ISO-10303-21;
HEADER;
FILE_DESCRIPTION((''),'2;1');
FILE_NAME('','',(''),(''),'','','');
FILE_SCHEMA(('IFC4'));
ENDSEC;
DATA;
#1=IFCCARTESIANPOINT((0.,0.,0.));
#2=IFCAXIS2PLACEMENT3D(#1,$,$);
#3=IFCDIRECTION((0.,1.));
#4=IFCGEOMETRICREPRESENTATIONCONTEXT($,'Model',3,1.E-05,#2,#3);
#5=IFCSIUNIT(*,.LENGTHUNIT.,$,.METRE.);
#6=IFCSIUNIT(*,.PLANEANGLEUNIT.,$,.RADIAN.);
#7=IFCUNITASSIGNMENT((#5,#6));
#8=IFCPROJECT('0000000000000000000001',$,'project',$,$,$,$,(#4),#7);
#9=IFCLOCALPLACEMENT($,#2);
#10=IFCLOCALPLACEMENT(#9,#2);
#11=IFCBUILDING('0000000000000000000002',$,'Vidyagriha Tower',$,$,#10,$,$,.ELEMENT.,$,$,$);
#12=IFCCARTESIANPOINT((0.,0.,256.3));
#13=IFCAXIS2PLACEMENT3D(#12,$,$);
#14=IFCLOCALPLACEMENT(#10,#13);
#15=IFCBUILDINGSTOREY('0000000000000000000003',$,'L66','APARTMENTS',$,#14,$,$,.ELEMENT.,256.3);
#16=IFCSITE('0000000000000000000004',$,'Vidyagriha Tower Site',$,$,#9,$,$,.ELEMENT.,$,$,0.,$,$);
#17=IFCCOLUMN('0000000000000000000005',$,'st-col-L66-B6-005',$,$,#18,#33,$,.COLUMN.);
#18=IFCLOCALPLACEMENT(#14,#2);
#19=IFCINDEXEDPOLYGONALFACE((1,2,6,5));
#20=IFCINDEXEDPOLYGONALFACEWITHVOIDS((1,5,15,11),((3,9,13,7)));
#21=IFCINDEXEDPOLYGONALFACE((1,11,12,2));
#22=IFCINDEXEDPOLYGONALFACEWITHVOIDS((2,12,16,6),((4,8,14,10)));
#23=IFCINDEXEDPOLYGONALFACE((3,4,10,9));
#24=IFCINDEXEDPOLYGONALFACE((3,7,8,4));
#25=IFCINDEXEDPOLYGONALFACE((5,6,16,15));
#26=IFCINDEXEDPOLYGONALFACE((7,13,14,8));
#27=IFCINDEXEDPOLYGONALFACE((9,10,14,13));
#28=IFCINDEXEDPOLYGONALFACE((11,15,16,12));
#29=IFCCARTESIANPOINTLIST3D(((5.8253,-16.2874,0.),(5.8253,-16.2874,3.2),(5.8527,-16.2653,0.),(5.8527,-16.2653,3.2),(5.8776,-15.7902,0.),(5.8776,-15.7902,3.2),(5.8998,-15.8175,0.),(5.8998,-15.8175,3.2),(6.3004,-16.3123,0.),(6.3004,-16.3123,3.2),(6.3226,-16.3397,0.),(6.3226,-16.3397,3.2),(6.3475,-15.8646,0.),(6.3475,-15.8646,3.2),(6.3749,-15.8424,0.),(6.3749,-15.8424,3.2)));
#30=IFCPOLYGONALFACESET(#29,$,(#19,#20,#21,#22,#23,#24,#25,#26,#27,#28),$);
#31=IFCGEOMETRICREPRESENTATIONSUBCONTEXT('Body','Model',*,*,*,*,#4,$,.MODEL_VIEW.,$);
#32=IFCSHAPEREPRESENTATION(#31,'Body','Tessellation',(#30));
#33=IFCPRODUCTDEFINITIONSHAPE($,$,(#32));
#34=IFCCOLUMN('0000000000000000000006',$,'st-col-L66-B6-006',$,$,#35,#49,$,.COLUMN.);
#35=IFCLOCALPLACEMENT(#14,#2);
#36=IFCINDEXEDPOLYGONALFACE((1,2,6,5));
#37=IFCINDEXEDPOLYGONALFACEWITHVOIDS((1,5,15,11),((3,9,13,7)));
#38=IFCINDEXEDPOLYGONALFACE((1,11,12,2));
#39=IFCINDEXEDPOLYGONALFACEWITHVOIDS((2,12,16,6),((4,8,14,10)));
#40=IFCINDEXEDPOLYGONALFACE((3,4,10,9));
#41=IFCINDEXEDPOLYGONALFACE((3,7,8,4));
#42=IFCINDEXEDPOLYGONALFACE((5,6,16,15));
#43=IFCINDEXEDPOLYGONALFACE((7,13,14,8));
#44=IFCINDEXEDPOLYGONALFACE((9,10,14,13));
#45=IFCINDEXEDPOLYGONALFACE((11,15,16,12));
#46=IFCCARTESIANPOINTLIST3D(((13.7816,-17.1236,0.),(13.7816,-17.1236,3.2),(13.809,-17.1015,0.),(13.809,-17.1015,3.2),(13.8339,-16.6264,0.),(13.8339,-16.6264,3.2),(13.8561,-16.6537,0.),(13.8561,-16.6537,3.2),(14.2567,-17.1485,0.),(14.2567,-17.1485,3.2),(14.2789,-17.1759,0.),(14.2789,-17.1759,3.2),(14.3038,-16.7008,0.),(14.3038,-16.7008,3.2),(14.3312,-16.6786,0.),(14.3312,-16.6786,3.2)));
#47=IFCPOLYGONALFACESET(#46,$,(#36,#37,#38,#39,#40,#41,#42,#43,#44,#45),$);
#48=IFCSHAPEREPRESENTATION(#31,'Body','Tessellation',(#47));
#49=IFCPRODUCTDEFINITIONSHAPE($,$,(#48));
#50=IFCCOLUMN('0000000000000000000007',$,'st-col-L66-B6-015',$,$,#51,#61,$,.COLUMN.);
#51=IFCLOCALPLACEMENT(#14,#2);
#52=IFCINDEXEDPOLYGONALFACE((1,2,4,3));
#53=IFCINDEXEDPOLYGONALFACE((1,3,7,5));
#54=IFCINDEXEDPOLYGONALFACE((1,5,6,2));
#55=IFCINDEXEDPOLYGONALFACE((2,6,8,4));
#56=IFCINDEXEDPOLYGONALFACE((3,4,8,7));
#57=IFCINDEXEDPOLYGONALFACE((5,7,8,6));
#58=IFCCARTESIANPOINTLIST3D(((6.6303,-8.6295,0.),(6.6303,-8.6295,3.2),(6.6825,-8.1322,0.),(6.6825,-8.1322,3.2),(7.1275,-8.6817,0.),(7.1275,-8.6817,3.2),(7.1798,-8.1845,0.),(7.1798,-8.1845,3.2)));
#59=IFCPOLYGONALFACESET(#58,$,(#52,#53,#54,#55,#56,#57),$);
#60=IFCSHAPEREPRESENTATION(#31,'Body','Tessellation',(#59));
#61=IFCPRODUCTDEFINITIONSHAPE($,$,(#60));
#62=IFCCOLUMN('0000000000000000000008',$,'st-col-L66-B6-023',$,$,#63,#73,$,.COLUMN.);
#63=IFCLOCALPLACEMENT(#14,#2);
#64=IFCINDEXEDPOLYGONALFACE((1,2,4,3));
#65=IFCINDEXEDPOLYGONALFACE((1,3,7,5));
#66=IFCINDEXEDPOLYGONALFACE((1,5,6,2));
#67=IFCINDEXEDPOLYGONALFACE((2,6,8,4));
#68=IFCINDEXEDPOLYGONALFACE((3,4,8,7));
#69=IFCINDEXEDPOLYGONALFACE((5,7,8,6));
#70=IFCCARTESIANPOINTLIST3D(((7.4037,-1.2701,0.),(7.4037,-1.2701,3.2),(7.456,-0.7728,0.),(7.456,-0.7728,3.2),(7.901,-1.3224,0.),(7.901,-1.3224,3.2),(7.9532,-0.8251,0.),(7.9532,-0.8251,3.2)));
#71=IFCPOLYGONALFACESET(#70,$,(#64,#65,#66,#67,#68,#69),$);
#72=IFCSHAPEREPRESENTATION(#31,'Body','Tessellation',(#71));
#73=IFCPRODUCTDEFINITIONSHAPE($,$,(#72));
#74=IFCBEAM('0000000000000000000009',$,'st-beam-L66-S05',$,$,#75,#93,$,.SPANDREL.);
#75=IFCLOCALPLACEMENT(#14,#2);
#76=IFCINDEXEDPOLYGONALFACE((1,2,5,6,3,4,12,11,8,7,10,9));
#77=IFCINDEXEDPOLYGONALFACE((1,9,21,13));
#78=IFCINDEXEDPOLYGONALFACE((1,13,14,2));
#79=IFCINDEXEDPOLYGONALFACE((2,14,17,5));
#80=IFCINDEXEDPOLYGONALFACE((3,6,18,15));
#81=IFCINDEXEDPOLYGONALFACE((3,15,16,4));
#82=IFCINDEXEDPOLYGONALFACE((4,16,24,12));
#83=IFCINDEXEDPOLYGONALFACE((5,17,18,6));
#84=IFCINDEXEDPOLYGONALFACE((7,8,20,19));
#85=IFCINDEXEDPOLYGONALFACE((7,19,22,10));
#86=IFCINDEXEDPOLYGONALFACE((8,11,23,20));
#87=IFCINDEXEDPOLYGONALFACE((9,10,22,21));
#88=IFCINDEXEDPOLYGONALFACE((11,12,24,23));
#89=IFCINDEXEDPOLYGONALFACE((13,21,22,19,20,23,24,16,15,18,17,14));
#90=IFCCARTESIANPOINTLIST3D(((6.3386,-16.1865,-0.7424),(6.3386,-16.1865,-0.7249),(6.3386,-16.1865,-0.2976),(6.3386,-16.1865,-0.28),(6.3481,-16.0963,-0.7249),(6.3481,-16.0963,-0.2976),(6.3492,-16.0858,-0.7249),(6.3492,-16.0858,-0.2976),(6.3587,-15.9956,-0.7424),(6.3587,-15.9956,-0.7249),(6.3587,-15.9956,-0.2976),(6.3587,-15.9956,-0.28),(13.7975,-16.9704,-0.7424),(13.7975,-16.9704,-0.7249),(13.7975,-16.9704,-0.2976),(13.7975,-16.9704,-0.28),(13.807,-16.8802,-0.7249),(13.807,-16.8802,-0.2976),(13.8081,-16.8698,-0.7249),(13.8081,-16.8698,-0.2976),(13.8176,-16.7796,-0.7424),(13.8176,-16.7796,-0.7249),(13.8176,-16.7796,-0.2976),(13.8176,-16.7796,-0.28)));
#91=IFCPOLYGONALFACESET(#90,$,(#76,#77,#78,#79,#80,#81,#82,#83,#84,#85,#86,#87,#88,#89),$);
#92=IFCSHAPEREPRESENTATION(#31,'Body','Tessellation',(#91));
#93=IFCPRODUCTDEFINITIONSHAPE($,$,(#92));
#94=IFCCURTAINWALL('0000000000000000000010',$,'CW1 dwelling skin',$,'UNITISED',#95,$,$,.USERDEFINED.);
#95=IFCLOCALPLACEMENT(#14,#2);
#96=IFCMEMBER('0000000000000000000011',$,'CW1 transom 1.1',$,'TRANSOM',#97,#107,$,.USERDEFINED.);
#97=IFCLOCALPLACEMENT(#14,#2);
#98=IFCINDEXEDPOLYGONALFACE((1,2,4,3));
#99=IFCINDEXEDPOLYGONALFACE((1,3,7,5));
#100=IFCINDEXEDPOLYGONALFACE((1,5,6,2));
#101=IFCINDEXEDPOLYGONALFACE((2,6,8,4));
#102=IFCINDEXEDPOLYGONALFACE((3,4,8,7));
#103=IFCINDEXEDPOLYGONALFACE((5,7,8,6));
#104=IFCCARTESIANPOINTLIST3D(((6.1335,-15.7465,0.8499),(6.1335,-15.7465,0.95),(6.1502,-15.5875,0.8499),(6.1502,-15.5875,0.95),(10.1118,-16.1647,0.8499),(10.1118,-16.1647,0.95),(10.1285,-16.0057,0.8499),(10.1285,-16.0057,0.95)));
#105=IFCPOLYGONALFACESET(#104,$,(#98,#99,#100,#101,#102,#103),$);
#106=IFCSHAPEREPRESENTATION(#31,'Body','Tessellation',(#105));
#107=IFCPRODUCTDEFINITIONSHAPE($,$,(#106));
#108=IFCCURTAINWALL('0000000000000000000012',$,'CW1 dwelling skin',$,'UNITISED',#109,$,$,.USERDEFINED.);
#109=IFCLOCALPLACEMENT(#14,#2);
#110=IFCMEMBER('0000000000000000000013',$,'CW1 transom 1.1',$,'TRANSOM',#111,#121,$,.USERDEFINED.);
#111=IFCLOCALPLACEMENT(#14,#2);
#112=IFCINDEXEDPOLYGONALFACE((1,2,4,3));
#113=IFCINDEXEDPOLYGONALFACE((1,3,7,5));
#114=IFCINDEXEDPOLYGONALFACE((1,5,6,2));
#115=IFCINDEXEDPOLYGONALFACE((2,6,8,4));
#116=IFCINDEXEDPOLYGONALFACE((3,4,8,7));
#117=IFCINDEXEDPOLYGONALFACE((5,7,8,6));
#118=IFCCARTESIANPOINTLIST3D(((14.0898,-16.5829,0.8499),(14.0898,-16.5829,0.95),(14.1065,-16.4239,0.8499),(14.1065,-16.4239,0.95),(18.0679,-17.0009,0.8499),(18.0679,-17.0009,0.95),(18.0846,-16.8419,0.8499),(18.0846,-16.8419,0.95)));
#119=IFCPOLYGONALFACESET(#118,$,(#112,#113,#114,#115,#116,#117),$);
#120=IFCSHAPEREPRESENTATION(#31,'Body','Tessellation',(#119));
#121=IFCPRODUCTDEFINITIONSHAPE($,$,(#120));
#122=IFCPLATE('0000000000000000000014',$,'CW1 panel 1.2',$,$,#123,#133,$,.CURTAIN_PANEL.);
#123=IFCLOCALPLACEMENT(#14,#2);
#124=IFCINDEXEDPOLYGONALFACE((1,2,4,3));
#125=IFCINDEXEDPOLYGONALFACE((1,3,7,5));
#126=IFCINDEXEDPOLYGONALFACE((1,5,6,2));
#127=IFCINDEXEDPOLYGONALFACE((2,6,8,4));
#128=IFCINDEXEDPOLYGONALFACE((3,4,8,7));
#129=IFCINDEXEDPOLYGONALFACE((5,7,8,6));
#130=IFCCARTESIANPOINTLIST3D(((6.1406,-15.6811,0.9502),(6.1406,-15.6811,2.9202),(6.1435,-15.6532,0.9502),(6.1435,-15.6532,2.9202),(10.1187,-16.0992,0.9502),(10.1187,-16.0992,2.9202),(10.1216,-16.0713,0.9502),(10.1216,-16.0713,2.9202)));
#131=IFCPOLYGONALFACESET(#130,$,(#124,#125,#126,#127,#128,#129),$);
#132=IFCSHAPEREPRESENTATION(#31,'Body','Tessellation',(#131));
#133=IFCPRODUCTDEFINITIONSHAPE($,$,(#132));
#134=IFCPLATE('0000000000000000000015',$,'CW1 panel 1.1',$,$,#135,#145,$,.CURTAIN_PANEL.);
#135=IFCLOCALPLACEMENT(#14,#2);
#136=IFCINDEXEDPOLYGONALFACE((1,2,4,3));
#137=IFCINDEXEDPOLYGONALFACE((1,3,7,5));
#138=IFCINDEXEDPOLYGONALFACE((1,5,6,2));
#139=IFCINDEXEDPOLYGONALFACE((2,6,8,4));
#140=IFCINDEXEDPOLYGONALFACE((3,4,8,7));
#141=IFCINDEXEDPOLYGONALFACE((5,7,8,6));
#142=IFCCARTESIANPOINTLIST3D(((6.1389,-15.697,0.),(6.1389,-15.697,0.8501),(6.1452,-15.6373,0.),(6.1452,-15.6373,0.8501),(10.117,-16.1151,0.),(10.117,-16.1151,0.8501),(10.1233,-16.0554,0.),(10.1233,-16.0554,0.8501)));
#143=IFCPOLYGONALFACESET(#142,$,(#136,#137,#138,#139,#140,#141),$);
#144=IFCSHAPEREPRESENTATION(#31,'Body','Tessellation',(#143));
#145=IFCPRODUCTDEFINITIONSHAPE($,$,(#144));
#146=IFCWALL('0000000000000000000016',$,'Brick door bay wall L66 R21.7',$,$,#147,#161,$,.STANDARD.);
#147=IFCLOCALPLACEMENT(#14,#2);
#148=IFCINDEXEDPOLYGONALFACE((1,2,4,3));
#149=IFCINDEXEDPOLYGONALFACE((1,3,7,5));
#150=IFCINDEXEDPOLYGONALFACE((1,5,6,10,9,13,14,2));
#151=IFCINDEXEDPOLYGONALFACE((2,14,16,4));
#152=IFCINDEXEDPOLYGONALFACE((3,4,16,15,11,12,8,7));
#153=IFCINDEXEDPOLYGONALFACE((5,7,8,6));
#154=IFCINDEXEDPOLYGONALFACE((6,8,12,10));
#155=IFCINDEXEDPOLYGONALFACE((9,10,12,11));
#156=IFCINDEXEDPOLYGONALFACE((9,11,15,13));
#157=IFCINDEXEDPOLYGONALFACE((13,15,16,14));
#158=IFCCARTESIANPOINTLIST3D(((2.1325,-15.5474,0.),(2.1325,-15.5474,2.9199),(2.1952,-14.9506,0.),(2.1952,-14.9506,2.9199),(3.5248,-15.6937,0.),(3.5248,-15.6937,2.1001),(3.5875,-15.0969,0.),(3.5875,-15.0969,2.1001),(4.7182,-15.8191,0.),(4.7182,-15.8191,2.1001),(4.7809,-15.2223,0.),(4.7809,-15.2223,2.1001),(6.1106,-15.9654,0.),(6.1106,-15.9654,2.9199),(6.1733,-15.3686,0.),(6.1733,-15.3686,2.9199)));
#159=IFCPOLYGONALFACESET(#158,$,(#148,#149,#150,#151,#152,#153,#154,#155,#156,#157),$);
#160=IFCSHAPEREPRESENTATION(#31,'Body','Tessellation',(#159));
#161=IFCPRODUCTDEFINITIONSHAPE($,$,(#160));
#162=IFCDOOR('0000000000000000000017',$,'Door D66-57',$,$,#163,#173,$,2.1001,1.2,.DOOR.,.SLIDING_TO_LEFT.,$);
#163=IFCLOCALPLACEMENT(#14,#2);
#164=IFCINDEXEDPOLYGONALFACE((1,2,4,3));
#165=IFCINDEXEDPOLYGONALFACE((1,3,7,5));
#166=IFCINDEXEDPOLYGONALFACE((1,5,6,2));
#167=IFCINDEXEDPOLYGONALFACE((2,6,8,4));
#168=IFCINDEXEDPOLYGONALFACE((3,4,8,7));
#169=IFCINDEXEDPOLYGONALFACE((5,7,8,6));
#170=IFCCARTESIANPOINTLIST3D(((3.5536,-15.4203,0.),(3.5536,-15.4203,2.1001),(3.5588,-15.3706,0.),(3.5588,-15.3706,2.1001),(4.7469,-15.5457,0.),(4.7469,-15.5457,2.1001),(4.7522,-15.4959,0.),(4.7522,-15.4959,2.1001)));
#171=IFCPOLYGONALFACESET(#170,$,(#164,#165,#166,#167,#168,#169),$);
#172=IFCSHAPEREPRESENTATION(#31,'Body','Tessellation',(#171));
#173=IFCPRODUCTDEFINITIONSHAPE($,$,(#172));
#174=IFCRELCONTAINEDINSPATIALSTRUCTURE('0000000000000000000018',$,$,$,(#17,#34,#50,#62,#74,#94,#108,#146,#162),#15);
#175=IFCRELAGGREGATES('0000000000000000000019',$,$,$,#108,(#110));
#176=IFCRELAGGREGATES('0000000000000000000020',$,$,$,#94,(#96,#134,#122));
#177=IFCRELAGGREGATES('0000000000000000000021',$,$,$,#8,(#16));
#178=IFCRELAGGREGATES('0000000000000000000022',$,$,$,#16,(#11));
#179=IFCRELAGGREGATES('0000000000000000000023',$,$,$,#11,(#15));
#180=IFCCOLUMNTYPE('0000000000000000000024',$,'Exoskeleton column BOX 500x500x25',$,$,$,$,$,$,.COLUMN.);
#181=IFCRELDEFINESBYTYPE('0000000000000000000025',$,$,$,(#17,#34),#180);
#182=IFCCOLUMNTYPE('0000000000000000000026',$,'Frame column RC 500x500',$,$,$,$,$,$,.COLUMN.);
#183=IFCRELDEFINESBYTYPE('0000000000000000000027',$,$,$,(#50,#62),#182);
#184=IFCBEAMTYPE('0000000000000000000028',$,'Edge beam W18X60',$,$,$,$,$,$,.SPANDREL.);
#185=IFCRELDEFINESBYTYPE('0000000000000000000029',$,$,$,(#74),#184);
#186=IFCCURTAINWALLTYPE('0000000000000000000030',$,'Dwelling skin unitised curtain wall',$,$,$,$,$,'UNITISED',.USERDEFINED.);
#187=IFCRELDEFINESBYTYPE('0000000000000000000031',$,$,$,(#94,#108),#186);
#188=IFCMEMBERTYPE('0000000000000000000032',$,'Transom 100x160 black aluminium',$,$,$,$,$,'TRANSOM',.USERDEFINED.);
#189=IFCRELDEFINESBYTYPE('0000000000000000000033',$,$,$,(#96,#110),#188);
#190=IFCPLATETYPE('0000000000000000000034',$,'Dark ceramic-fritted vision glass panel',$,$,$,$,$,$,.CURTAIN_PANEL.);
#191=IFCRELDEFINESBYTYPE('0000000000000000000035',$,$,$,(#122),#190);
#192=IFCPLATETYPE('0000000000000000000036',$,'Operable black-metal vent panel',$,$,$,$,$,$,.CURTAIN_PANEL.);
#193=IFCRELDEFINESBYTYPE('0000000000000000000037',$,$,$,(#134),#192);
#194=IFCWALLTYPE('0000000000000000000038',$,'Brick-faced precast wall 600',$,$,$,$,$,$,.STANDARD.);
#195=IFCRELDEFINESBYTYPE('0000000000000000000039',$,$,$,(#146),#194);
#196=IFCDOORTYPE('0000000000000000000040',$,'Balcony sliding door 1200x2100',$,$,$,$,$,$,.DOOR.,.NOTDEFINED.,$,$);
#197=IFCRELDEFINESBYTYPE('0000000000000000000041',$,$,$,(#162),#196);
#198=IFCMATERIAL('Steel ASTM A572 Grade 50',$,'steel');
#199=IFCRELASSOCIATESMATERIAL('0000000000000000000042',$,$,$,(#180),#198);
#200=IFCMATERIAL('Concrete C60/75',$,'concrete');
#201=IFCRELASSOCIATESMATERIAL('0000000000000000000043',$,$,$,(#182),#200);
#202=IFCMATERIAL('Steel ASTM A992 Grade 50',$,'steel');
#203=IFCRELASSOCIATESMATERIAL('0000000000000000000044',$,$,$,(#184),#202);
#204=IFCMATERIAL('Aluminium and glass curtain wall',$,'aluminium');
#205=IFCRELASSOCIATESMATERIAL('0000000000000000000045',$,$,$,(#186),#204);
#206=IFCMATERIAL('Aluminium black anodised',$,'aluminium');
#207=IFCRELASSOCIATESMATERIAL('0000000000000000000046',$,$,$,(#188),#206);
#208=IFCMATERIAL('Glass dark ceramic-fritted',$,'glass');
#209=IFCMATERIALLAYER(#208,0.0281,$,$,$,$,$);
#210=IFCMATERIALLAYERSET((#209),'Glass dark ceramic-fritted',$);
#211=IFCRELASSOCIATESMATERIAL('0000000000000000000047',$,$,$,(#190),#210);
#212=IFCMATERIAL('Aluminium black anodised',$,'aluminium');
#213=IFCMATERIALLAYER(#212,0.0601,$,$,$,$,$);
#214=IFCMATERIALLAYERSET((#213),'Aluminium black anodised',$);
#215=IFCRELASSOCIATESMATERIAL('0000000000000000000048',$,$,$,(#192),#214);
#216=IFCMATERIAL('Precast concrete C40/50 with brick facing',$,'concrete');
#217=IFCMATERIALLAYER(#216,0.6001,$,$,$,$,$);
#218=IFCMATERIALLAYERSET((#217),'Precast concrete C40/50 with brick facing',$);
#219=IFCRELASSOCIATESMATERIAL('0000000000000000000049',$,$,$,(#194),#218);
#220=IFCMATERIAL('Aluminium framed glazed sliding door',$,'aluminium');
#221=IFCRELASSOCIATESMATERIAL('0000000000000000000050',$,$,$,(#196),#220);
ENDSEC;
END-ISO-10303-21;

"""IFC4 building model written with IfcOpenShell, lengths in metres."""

from ifc_helpers import new_model, si_unit, direction, frame, frame_2d, origin, origin_2d, place, context, subcontext, project, spatial, rectangle, hollow_rectangle, i_section, extrude, material, layer, layer_set, material_profile, profile_set, type_object, element, fill, aggregate, save


model = new_model("IFC4")

# Units and contexts
model_context = context("Model", 3, precision=1e-05, world=origin(), true_north=direction((0.0, 1.0)))
body_context = subcontext(model_context, "Body", "Model", "MODEL_VIEW")
ifc_project = project(units=[si_unit("LENGTHUNIT", "METRE"), si_unit("PLANEANGLEUNIT", "RADIAN")], contexts=[model_context])

# Site, building, storey
site_placement = place(None, origin())
site = spatial("IfcSite", under=ifc_project, at=site_placement, Name="Vidyagriha Tower Site", CompositionType="ELEMENT", RefElevation=0.0)
building_placement = place(site_placement, origin())
building = spatial("IfcBuilding", under=site, at=building_placement, Name="Vidyagriha Tower", CompositionType="ELEMENT")
storey_placement = place(building_placement, frame((0.0, 0.0, 256.3)))
storey = spatial("IfcBuildingStorey", under=building, at=storey_placement, Name="L66", Description="APARTMENTS", CompositionType="ELEMENT", Elevation=256.3)

# Columns
ifc_material_1 = material(Name="Steel ASTM A572 Grade 50", Category="steel")
ifc_material_profile_1 = material_profile(ifc_material_1, hollow_rectangle(XDim=0.5, YDim=0.5, WallThickness=0.0249, at=origin_2d()), Name="BOX 500x500x25")
ifc_profile_set_1 = profile_set([ifc_material_profile_1], Name="Steel ASTM A572 Grade 50")
column_type_1 = type_object("IfcColumnType", Name="Exoskeleton column BOX 500x500x25", PredefinedType="COLUMN", material=ifc_profile_set_1)
for number, where, z_axis, x_axis, name in (
    (1, (6.1001, -16.0649, 0.0), (0.0, 0.0, 1.0), (0.994522, -0.104528, 0.0), "st-col-L66-B6-005"),
    (2, (14.0564, -16.9011, 0.0), (0.0, 0.0, 1.0), (0.994522, -0.104528, 0.0), "st-col-L66-B6-006"),
):
    element("IfcColumn", number, at=place(storey_placement, frame(where, z_axis=z_axis, x_axis=x_axis)), inside=storey, type_object=column_type_1, Name=name, PredefinedType="COLUMN", context=body_context, shape_type="SweptSolid", body=[
        extrude(hollow_rectangle(XDim=0.5, YDim=0.5, WallThickness=0.0249, at=origin_2d()), origin(), (0.0, 0.0, 1.0), 3.2),
    ])
ifc_material_2 = material(Name="Concrete C60/75", Category="concrete")
ifc_material_profile_2 = material_profile(ifc_material_2, rectangle(XDim=0.5, YDim=0.5, at=origin_2d()), Name="RC 500x500")
ifc_profile_set_2 = profile_set([ifc_material_profile_2], Name="Concrete C60/75")
column_type_2 = type_object("IfcColumnType", Name="Frame column RC 500x500", PredefinedType="COLUMN", material=ifc_profile_set_2)
for number, where, z_axis, x_axis, name in (
    (3, (6.905, -8.407, 0.0), (0.0, 0.0, 1.0), (0.994522, -0.104528, 0.0), "st-col-L66-B6-015"),
    (4, (7.6785, -1.0476, 0.0), (0.0, 0.0, 1.0), (0.994522, -0.104528, 0.0), "st-col-L66-B6-023"),
):
    element("IfcColumn", number, at=place(storey_placement, frame(where, z_axis=z_axis, x_axis=x_axis)), inside=storey, type_object=column_type_2, Name=name, PredefinedType="COLUMN", context=body_context, shape_type="SweptSolid", body=[
        extrude(rectangle(XDim=0.5, YDim=0.5, at=origin_2d()), origin(), (0.0, 0.0, 1.0), 3.2),
    ])

# Beam
ifc_material_3 = material(Name="Steel ASTM A992 Grade 50", Category="steel")
ifc_material_profile_3 = material_profile(ifc_material_3, i_section(OverallWidth=0.1919, OverallDepth=0.4624, WebThickness=0.0105, FlangeThickness=0.0176, at=origin_2d()), Name="W18X60")
ifc_profile_set_3 = profile_set([ifc_material_profile_3], Name="Steel ASTM A992 Grade 50")
beam_type = type_object("IfcBeamType", Name="Edge beam W18X60", PredefinedType="SPANDREL", material=ifc_profile_set_3)
beam_placement = place(storey_placement, frame((6.3486, -16.0911, -0.5112), z_axis=(0.994522, -0.104524, 0.0), x_axis=(0.104524, 0.994522, 0.0)))
element("IfcBeam", 5, at=beam_placement, inside=storey, type_object=beam_type, Name="st-beam-L66-S05", PredefinedType="SPANDREL", context=body_context, shape_type="SweptSolid", body=[
    extrude(i_section(OverallWidth=0.1919, OverallDepth=0.4624, WebThickness=0.0105, FlangeThickness=0.0176, at=origin_2d()), origin(), (0.0, 0.0, 1.0), 7.5),
])

# Curtain walls, members
ifc_material_4 = material(Name="Aluminium and glass curtain wall", Category="aluminium")
curtain_wall_type = type_object("IfcCurtainWallType", Name="Dwelling skin unitised curtain wall", ElementType="UNITISED", PredefinedType="USERDEFINED", material=ifc_material_4)
curtain_wall_1_placement = place(storey_placement, origin())
curtain_wall_1 = element("IfcCurtainWall", 6, at=curtain_wall_1_placement, inside=storey, type_object=curtain_wall_type, Name="CW1 dwelling skin", ObjectType="UNITISED", PredefinedType="USERDEFINED")
ifc_material_5 = material(Name="Aluminium black anodised", Category="aluminium")
ifc_material_profile_4 = material_profile(ifc_material_5, rectangle(XDim=0.1599, YDim=0.1001, at=origin_2d()), Name="Transom 100x160 black aluminium")
ifc_profile_set_4 = profile_set([ifc_material_profile_4], Name="Aluminium black anodised")
member_type = type_object("IfcMemberType", Name="Transom 100x160 black aluminium", ElementType="TRANSOM", PredefinedType="USERDEFINED", material=ifc_profile_set_4)
member_1_placement = place(storey_placement, frame((6.1418, -15.667, 0.8999), z_axis=(0.99452, -0.104548, 0.0), x_axis=(0.104548, 0.99452, 0.0)))
member_1 = element("IfcMember", 7, at=member_1_placement, type_object=member_type, Name="CW1 transom 1.1", ObjectType="TRANSOM", PredefinedType="USERDEFINED", context=body_context, shape_type="SweptSolid", body=[
    extrude(rectangle(XDim=0.1599, YDim=0.1001, at=origin_2d()), origin(), (0.0, 0.0, 1.0), 4.0002),
])
curtain_wall_2_placement = place(storey_placement, origin())
curtain_wall_2 = element("IfcCurtainWall", 8, at=curtain_wall_2_placement, inside=storey, type_object=curtain_wall_type, Name="CW1 dwelling skin", ObjectType="UNITISED", PredefinedType="USERDEFINED")
member_2_placement = place(storey_placement, frame((14.0981, -16.5034, 0.8999), z_axis=(0.994526, -0.104494, 0.0), x_axis=(0.104494, 0.994526, 0.0)))
member_2 = element("IfcMember", 9, at=member_2_placement, type_object=member_type, Name="CW1 transom 1.1", ObjectType="TRANSOM", PredefinedType="USERDEFINED", context=body_context, shape_type="SweptSolid", body=[
    extrude(rectangle(XDim=0.1599, YDim=0.1001, at=origin_2d()), origin(), (0.0, 0.0, 1.0), 4.0),
])
aggregate(curtain_wall_2, [member_2])

# Plates
ifc_material_6 = material(Name="Glass dark ceramic-fritted", Category="glass")
ifc_layer_1 = layer(ifc_material_6, 0.0281)
ifc_layer_set_1 = layer_set([ifc_layer_1], Name="Glass dark ceramic-fritted")
plate_type_1 = type_object("IfcPlateType", Name="Dark ceramic-fritted vision glass panel", PredefinedType="CURTAIN_PANEL", material=ifc_layer_set_1)
plate_1_placement = place(storey_placement, frame((8.1311, -15.8762, 0.9502), z_axis=(0.0, 0.0, 1.0), x_axis=(0.994522, -0.104525, 0.0)))
plate_1 = element("IfcPlate", 10, at=plate_1_placement, type_object=plate_type_1, Name="CW1 panel 1.2", PredefinedType="CURTAIN_PANEL", context=body_context, shape_type="SweptSolid", body=[
    extrude(rectangle(XDim=4.0, YDim=0.0281, at=origin_2d()), origin(), (0.0, 0.0, 1.0), 1.97),
])
ifc_material_7 = material(Name="Aluminium black anodised", Category="aluminium")
ifc_layer_2 = layer(ifc_material_7, 0.0601)
ifc_layer_set_2 = layer_set([ifc_layer_2], Name="Aluminium black anodised")
plate_type_2 = type_object("IfcPlateType", Name="Operable black-metal vent panel", PredefinedType="CURTAIN_PANEL", material=ifc_layer_set_2)
plate_2_placement = place(storey_placement, frame((8.1311, -15.8762, 0.0), z_axis=(0.0, 0.0, 1.0), x_axis=(0.994522, -0.104525, 0.0)))
plate_2 = element("IfcPlate", 11, at=plate_2_placement, type_object=plate_type_2, Name="CW1 panel 1.1", PredefinedType="CURTAIN_PANEL", context=body_context, shape_type="SweptSolid", body=[
    extrude(rectangle(XDim=4.0, YDim=0.0601, at=origin_2d()), origin(), (0.0, 0.0, 1.0), 0.8501),
])
aggregate(curtain_wall_1, [member_1, plate_2, plate_1])

# Wall, opening, door
ifc_material_8 = material(Name="Precast concrete C40/50 with brick facing", Category="concrete")
ifc_layer_3 = layer(ifc_material_8, 0.6001)
ifc_layer_set_3 = layer_set([ifc_layer_3], Name="Precast concrete C40/50 with brick facing")
wall_type_1 = type_object("IfcWallType", Name="Brick-faced precast wall 600", PredefinedType="STANDARD", material=ifc_layer_set_3)
wall_1_placement = place(storey_placement, frame((2.1638, -15.249, 0.0), z_axis=(0.0, 0.0, 1.0), x_axis=(0.994526, -0.104494, 0.0)))
wall_1 = element("IfcWall", 12, at=wall_1_placement, inside=storey, type_object=wall_type_1, Name="Brick door bay wall L66 R21.7", PredefinedType="STANDARD", context=body_context, shape_type="SweptSolid", body=[
    extrude(rectangle(XDim=4.0, YDim=0.6001, at=frame_2d((2.0, 0.0))), origin(), (0.0, 0.0, 1.0), 2.9199),
])
opening_1_placement = place(wall_1_placement, frame((1.3999, 0.0, 0.0)))
opening_1 = element("IfcOpeningElement", 13, at=opening_1_placement, cuts=wall_1, PredefinedType="OPENING", context=body_context, shape_type="SweptSolid", body=[
    extrude(rectangle(XDim=1.2, YDim=2.1001, at=frame_2d((0.6001, 1.05))), frame((0.0, 0.3101, 0.0), z_axis=(0.0, -1.0, 0.0), x_axis=(1.0, 0.0, 0.0)), (0.0, 0.0, 1.0), 0.6201),
])
ifc_material_9 = material(Name="Aluminium framed glazed sliding door", Category="aluminium")
door_type_1 = type_object("IfcDoorType", Name="Balcony sliding door 1200x2100", OperationType="NOTDEFINED", PredefinedType="DOOR", material=ifc_material_9)
door_1_placement = place(opening_1_placement, origin())
door_1 = element("IfcDoor", 14, at=door_1_placement, inside=storey, type_object=door_type_1, Name="Door D66-57", OperationType="SLIDING_TO_LEFT", OverallHeight=2.1001, OverallWidth=1.2, PredefinedType="DOOR", context=body_context, shape_type="SweptSolid", body=[
    extrude(rectangle(XDim=1.2, YDim=2.1001, at=frame_2d((0.6001, 1.05))), frame((0.0, 0.0249, 0.0), z_axis=(0.0, -1.0, 0.0), x_axis=(1.0, 0.0, 0.0)), (0.0, 0.0, 1.0), 0.05),
])
fill(opening_1, door_1)

save(model, "model.ifc")
